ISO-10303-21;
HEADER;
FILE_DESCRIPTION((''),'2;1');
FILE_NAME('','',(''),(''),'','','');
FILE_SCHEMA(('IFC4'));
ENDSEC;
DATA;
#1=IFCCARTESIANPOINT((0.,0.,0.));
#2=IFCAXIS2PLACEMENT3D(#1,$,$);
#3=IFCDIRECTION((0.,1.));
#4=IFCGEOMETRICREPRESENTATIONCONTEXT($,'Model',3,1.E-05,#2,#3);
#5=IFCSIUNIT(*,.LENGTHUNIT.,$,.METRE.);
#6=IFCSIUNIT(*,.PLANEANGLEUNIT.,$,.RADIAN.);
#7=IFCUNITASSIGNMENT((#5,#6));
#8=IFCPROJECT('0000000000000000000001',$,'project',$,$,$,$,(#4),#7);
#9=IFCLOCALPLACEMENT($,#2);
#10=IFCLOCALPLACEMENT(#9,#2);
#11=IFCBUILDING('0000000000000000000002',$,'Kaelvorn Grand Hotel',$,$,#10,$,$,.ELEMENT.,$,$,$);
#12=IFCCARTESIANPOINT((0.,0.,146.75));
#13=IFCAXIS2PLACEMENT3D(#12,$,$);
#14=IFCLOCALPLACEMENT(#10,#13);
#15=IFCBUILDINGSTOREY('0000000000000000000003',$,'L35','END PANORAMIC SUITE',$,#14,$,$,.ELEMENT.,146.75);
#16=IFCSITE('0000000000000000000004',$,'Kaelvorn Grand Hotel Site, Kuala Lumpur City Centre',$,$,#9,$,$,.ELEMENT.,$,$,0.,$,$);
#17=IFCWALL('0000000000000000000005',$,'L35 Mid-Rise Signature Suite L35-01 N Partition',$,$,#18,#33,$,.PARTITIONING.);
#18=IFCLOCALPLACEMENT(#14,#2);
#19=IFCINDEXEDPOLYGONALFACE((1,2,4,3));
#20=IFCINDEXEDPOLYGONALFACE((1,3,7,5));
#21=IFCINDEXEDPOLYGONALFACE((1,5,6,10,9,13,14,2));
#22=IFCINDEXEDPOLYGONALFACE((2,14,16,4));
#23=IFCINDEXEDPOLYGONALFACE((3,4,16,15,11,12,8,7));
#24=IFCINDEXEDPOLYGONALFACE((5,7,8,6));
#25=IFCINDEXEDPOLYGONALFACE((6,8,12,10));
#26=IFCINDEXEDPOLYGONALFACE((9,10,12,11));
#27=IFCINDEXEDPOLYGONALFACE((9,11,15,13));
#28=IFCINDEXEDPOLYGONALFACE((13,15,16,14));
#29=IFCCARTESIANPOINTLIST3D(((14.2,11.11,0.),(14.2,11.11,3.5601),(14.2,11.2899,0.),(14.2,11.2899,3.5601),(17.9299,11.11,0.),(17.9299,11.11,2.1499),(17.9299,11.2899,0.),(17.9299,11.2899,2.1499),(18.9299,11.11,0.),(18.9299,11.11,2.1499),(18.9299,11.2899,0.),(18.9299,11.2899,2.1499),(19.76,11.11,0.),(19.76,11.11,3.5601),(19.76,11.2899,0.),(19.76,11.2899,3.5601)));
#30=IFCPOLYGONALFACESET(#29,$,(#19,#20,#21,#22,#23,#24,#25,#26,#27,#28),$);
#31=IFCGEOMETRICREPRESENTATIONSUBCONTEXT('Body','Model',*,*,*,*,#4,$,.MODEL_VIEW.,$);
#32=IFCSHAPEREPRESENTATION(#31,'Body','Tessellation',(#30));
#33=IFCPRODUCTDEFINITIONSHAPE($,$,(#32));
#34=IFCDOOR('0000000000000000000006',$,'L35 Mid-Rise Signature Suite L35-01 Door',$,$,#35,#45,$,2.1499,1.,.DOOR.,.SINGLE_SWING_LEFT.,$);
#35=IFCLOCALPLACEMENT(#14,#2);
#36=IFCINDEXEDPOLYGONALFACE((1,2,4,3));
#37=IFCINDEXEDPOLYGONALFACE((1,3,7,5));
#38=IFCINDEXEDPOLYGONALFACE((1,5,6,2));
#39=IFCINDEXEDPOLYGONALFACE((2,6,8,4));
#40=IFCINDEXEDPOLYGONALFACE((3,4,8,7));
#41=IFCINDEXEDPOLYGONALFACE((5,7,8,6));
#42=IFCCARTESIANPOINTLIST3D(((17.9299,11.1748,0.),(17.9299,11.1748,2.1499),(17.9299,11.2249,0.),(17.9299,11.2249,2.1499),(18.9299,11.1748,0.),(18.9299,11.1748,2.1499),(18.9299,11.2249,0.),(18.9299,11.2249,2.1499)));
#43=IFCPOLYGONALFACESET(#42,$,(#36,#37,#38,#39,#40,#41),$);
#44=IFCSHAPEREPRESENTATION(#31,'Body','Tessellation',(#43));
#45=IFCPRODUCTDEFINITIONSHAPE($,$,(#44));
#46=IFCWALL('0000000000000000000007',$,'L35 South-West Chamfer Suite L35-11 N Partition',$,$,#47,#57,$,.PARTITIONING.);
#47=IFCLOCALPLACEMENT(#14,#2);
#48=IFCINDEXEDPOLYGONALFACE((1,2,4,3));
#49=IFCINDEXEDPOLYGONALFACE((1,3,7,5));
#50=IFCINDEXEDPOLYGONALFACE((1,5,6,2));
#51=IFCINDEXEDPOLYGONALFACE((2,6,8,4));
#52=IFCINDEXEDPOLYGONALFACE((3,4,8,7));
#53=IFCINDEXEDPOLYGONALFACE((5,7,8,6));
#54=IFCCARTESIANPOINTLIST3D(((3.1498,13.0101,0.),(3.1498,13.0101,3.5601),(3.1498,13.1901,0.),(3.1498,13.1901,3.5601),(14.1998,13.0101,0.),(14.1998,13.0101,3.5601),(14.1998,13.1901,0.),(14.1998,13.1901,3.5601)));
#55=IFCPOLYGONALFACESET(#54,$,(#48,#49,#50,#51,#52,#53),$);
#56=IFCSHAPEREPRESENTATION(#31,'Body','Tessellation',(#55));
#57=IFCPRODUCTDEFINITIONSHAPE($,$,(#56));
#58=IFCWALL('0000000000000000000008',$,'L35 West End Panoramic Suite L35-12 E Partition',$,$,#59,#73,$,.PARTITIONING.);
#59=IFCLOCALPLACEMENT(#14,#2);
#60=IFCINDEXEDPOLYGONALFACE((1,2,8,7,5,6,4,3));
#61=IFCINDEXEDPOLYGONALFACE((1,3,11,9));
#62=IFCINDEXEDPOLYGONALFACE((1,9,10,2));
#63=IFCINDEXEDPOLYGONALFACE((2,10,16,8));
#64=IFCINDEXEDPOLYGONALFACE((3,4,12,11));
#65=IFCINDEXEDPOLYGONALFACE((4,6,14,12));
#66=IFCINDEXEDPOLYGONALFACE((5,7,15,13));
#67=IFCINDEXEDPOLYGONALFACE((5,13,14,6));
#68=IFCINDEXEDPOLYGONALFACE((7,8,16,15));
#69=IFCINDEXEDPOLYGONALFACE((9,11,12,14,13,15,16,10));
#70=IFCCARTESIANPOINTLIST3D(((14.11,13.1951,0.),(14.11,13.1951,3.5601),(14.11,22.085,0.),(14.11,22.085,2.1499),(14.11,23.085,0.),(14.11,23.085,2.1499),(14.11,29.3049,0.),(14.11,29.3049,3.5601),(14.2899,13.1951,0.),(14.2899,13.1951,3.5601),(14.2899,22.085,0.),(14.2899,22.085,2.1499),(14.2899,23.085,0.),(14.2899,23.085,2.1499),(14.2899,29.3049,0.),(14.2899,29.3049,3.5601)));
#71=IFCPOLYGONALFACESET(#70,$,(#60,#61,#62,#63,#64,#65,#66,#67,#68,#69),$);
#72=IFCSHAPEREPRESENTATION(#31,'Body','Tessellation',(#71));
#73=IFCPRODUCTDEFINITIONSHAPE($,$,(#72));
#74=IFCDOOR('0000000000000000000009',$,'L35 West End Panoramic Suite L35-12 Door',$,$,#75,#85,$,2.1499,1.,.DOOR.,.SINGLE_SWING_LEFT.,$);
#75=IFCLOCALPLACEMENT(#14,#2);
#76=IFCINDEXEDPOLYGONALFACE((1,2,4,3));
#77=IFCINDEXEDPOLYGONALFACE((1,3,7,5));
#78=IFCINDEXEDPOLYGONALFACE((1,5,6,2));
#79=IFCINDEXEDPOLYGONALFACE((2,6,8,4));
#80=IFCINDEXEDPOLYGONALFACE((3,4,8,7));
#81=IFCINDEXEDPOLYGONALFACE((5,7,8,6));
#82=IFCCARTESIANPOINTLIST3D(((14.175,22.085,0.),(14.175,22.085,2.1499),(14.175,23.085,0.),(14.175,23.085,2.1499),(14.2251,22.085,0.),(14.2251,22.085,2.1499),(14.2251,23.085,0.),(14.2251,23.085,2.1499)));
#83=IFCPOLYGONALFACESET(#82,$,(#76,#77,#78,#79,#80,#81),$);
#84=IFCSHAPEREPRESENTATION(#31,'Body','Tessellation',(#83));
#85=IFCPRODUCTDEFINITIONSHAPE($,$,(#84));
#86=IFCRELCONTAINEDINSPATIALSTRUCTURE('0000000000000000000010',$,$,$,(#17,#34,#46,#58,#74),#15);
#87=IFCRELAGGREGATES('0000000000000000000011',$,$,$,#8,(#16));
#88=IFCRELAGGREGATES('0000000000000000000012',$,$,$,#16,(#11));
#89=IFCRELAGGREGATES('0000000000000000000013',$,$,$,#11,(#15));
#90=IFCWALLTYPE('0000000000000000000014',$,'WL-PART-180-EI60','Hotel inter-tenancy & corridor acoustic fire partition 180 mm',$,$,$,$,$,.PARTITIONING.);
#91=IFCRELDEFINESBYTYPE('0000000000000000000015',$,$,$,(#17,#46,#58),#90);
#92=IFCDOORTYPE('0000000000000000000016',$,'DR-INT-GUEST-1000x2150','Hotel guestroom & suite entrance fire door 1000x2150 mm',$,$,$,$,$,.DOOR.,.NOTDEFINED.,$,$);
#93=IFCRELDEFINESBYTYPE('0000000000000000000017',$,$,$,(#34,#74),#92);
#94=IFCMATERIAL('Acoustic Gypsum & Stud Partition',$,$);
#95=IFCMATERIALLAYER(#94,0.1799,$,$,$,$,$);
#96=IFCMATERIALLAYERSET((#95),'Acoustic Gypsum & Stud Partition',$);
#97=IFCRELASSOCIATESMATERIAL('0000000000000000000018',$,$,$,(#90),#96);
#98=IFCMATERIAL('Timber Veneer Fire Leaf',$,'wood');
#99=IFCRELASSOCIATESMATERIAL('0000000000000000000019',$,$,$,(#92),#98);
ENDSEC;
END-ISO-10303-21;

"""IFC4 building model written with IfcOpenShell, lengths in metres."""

from ifc_helpers import new_model, si_unit, direction, frame, frame_2d, origin, place, context, subcontext, project, spatial, rectangle, extrude, material, layer, layer_set, type_object, element, fill, save


model = new_model("IFC4")

# Units and contexts
model_context = context("Model", 3, precision=1e-05, world=origin(), true_north=direction((0.0, 1.0)))
body_context = subcontext(model_context, "Body", "Model", "MODEL_VIEW")
ifc_project = project(units=[si_unit("LENGTHUNIT", "METRE"), si_unit("PLANEANGLEUNIT", "RADIAN")], contexts=[model_context])

# Site, building, storey
site_placement = place(None, origin())
site = spatial("IfcSite", under=ifc_project, at=site_placement, Name="Kaelvorn Grand Hotel Site, Kuala Lumpur City Centre", CompositionType="ELEMENT", RefElevation=0.0)
building_placement = place(site_placement, origin())
building = spatial("IfcBuilding", under=site, at=building_placement, Name="Kaelvorn Grand Hotel", CompositionType="ELEMENT")
storey_placement = place(building_placement, frame((0.0, 0.0, 146.75)))
storey = spatial("IfcBuildingStorey", under=building, at=storey_placement, Name="L35", Description="END PANORAMIC SUITE", CompositionType="ELEMENT", Elevation=146.75)

# Shared definitions
ifc_material_1 = material(Name="Acoustic Gypsum & Stud Partition")
ifc_material_2 = material(Name="Timber Veneer Fire Leaf", Category="wood")

# Wall, opening, door
ifc_layer_1 = layer(ifc_material_1, 0.1799)
ifc_layer_set_1 = layer_set([ifc_layer_1], Name="Acoustic Gypsum & Stud Partition")
wall_type_1 = type_object("IfcWallType", Name="WL-PART-180-EI60", Description="Hotel inter-tenancy & corridor acoustic fire partition 180 mm", PredefinedType="PARTITIONING", material=ifc_layer_set_1)
wall_1_placement = place(storey_placement, frame((14.2, 11.2, 0.0), z_axis=(0.0, 0.0, 1.0), x_axis=(1.0, 0.0, 0.0)))
wall_1 = element("IfcWall", 1, at=wall_1_placement, inside=storey, type_object=wall_type_1, Name="L35 Mid-Rise Signature Suite L35-01 N Partition", PredefinedType="PARTITIONING", context=body_context, shape_type="SweptSolid", body=[
    extrude(rectangle(XDim=5.5601, YDim=0.1799, at=frame_2d((2.78, 0.0))), origin(), (0.0, 0.0, 1.0), 3.5601),
])
opening_1_placement = place(wall_1_placement, frame((3.73, 0.0, 0.0)))
opening_1 = element("IfcOpeningElement", 2, at=opening_1_placement, cuts=wall_1, PredefinedType="OPENING", context=body_context, shape_type="SweptSolid", body=[
    extrude(rectangle(XDim=1.0, YDim=2.1499, at=frame_2d((0.5, 1.075))), frame((0.0, 0.1001, 0.0), z_axis=(0.0, -1.0, 0.0), x_axis=(1.0, 0.0, 0.0)), (0.0, 0.0, 1.0), 0.2),
])
door_type_1 = type_object("IfcDoorType", Name="DR-INT-GUEST-1000x2150", Description="Hotel guestroom & suite entrance fire door 1000x2150 mm", OperationType="NOTDEFINED", PredefinedType="DOOR", material=ifc_material_2)
door_1_placement = place(opening_1_placement, origin())
door_1 = element("IfcDoor", 3, at=door_1_placement, inside=storey, type_object=door_type_1, Name="L35 Mid-Rise Signature Suite L35-01 Door", OperationType="SINGLE_SWING_LEFT", OverallHeight=2.1499, OverallWidth=1.0, PredefinedType="DOOR", context=body_context, shape_type="SweptSolid", body=[
    extrude(rectangle(XDim=1.0, YDim=2.1499, at=frame_2d((0.5, 1.075))), frame((0.0, 0.0249, 0.0), z_axis=(0.0, -1.0, 0.0), x_axis=(1.0, 0.0, 0.0)), (0.0, 0.0, 1.0), 0.05),
])
fill(opening_1, door_1)

# Wall
wall_2_placement = place(storey_placement, frame((3.1499, 13.1001, 0.0), z_axis=(0.0, 0.0, 1.0), x_axis=(1.0, 0.0, 0.0)))
element("IfcWall", 4, at=wall_2_placement, inside=storey, type_object=wall_type_1, Name="L35 South-West Chamfer Suite L35-11 N Partition", PredefinedType="PARTITIONING", context=body_context, shape_type="SweptSolid", body=[
    extrude(rectangle(XDim=11.05, YDim=0.1799, at=frame_2d((5.5249, 0.0))), origin(), (0.0, 0.0, 1.0), 3.5601),
])

# Wall, opening, door
wall_3_placement = place(storey_placement, frame((14.2, 13.1951, 0.0), z_axis=(0.0, 0.0, 1.0), x_axis=(0.0, 1.0, 0.0)))
wall_3 = element("IfcWall", 5, at=wall_3_placement, inside=storey, type_object=wall_type_1, Name="L35 West End Panoramic Suite L35-12 E Partition", PredefinedType="PARTITIONING", context=body_context, shape_type="SweptSolid", body=[
    extrude(rectangle(XDim=16.1099, YDim=0.1799, at=frame_2d((8.0549, 0.0))), origin(), (0.0, 0.0, 1.0), 3.5601),
])
opening_2_placement = place(wall_3_placement, frame((8.8899, 0.0, 0.0)))
opening_2 = element("IfcOpeningElement", 6, at=opening_2_placement, cuts=wall_3, PredefinedType="OPENING", context=body_context, shape_type="SweptSolid", body=[
    extrude(rectangle(XDim=1.0, YDim=2.1499, at=frame_2d((0.5, 1.075))), frame((0.0, 0.1001, 0.0), z_axis=(0.0, -1.0, 0.0), x_axis=(1.0, 0.0, 0.0)), (0.0, 0.0, 1.0), 0.2),
])
door_2_placement = place(opening_2_placement, origin())
door_2 = element("IfcDoor", 7, at=door_2_placement, inside=storey, type_object=door_type_1, Name="L35 West End Panoramic Suite L35-12 Door", OperationType="SINGLE_SWING_LEFT", OverallHeight=2.1499, OverallWidth=1.0, PredefinedType="DOOR", context=body_context, shape_type="SweptSolid", body=[
    extrude(rectangle(XDim=1.0, YDim=2.1499, at=frame_2d((0.5, 1.075))), frame((0.0, 0.0249, 0.0), z_axis=(0.0, -1.0, 0.0), x_axis=(1.0, 0.0, 0.0)), (0.0, 0.0, 1.0), 0.05),
])
fill(opening_2, door_2)

save(model, "model.ifc")
